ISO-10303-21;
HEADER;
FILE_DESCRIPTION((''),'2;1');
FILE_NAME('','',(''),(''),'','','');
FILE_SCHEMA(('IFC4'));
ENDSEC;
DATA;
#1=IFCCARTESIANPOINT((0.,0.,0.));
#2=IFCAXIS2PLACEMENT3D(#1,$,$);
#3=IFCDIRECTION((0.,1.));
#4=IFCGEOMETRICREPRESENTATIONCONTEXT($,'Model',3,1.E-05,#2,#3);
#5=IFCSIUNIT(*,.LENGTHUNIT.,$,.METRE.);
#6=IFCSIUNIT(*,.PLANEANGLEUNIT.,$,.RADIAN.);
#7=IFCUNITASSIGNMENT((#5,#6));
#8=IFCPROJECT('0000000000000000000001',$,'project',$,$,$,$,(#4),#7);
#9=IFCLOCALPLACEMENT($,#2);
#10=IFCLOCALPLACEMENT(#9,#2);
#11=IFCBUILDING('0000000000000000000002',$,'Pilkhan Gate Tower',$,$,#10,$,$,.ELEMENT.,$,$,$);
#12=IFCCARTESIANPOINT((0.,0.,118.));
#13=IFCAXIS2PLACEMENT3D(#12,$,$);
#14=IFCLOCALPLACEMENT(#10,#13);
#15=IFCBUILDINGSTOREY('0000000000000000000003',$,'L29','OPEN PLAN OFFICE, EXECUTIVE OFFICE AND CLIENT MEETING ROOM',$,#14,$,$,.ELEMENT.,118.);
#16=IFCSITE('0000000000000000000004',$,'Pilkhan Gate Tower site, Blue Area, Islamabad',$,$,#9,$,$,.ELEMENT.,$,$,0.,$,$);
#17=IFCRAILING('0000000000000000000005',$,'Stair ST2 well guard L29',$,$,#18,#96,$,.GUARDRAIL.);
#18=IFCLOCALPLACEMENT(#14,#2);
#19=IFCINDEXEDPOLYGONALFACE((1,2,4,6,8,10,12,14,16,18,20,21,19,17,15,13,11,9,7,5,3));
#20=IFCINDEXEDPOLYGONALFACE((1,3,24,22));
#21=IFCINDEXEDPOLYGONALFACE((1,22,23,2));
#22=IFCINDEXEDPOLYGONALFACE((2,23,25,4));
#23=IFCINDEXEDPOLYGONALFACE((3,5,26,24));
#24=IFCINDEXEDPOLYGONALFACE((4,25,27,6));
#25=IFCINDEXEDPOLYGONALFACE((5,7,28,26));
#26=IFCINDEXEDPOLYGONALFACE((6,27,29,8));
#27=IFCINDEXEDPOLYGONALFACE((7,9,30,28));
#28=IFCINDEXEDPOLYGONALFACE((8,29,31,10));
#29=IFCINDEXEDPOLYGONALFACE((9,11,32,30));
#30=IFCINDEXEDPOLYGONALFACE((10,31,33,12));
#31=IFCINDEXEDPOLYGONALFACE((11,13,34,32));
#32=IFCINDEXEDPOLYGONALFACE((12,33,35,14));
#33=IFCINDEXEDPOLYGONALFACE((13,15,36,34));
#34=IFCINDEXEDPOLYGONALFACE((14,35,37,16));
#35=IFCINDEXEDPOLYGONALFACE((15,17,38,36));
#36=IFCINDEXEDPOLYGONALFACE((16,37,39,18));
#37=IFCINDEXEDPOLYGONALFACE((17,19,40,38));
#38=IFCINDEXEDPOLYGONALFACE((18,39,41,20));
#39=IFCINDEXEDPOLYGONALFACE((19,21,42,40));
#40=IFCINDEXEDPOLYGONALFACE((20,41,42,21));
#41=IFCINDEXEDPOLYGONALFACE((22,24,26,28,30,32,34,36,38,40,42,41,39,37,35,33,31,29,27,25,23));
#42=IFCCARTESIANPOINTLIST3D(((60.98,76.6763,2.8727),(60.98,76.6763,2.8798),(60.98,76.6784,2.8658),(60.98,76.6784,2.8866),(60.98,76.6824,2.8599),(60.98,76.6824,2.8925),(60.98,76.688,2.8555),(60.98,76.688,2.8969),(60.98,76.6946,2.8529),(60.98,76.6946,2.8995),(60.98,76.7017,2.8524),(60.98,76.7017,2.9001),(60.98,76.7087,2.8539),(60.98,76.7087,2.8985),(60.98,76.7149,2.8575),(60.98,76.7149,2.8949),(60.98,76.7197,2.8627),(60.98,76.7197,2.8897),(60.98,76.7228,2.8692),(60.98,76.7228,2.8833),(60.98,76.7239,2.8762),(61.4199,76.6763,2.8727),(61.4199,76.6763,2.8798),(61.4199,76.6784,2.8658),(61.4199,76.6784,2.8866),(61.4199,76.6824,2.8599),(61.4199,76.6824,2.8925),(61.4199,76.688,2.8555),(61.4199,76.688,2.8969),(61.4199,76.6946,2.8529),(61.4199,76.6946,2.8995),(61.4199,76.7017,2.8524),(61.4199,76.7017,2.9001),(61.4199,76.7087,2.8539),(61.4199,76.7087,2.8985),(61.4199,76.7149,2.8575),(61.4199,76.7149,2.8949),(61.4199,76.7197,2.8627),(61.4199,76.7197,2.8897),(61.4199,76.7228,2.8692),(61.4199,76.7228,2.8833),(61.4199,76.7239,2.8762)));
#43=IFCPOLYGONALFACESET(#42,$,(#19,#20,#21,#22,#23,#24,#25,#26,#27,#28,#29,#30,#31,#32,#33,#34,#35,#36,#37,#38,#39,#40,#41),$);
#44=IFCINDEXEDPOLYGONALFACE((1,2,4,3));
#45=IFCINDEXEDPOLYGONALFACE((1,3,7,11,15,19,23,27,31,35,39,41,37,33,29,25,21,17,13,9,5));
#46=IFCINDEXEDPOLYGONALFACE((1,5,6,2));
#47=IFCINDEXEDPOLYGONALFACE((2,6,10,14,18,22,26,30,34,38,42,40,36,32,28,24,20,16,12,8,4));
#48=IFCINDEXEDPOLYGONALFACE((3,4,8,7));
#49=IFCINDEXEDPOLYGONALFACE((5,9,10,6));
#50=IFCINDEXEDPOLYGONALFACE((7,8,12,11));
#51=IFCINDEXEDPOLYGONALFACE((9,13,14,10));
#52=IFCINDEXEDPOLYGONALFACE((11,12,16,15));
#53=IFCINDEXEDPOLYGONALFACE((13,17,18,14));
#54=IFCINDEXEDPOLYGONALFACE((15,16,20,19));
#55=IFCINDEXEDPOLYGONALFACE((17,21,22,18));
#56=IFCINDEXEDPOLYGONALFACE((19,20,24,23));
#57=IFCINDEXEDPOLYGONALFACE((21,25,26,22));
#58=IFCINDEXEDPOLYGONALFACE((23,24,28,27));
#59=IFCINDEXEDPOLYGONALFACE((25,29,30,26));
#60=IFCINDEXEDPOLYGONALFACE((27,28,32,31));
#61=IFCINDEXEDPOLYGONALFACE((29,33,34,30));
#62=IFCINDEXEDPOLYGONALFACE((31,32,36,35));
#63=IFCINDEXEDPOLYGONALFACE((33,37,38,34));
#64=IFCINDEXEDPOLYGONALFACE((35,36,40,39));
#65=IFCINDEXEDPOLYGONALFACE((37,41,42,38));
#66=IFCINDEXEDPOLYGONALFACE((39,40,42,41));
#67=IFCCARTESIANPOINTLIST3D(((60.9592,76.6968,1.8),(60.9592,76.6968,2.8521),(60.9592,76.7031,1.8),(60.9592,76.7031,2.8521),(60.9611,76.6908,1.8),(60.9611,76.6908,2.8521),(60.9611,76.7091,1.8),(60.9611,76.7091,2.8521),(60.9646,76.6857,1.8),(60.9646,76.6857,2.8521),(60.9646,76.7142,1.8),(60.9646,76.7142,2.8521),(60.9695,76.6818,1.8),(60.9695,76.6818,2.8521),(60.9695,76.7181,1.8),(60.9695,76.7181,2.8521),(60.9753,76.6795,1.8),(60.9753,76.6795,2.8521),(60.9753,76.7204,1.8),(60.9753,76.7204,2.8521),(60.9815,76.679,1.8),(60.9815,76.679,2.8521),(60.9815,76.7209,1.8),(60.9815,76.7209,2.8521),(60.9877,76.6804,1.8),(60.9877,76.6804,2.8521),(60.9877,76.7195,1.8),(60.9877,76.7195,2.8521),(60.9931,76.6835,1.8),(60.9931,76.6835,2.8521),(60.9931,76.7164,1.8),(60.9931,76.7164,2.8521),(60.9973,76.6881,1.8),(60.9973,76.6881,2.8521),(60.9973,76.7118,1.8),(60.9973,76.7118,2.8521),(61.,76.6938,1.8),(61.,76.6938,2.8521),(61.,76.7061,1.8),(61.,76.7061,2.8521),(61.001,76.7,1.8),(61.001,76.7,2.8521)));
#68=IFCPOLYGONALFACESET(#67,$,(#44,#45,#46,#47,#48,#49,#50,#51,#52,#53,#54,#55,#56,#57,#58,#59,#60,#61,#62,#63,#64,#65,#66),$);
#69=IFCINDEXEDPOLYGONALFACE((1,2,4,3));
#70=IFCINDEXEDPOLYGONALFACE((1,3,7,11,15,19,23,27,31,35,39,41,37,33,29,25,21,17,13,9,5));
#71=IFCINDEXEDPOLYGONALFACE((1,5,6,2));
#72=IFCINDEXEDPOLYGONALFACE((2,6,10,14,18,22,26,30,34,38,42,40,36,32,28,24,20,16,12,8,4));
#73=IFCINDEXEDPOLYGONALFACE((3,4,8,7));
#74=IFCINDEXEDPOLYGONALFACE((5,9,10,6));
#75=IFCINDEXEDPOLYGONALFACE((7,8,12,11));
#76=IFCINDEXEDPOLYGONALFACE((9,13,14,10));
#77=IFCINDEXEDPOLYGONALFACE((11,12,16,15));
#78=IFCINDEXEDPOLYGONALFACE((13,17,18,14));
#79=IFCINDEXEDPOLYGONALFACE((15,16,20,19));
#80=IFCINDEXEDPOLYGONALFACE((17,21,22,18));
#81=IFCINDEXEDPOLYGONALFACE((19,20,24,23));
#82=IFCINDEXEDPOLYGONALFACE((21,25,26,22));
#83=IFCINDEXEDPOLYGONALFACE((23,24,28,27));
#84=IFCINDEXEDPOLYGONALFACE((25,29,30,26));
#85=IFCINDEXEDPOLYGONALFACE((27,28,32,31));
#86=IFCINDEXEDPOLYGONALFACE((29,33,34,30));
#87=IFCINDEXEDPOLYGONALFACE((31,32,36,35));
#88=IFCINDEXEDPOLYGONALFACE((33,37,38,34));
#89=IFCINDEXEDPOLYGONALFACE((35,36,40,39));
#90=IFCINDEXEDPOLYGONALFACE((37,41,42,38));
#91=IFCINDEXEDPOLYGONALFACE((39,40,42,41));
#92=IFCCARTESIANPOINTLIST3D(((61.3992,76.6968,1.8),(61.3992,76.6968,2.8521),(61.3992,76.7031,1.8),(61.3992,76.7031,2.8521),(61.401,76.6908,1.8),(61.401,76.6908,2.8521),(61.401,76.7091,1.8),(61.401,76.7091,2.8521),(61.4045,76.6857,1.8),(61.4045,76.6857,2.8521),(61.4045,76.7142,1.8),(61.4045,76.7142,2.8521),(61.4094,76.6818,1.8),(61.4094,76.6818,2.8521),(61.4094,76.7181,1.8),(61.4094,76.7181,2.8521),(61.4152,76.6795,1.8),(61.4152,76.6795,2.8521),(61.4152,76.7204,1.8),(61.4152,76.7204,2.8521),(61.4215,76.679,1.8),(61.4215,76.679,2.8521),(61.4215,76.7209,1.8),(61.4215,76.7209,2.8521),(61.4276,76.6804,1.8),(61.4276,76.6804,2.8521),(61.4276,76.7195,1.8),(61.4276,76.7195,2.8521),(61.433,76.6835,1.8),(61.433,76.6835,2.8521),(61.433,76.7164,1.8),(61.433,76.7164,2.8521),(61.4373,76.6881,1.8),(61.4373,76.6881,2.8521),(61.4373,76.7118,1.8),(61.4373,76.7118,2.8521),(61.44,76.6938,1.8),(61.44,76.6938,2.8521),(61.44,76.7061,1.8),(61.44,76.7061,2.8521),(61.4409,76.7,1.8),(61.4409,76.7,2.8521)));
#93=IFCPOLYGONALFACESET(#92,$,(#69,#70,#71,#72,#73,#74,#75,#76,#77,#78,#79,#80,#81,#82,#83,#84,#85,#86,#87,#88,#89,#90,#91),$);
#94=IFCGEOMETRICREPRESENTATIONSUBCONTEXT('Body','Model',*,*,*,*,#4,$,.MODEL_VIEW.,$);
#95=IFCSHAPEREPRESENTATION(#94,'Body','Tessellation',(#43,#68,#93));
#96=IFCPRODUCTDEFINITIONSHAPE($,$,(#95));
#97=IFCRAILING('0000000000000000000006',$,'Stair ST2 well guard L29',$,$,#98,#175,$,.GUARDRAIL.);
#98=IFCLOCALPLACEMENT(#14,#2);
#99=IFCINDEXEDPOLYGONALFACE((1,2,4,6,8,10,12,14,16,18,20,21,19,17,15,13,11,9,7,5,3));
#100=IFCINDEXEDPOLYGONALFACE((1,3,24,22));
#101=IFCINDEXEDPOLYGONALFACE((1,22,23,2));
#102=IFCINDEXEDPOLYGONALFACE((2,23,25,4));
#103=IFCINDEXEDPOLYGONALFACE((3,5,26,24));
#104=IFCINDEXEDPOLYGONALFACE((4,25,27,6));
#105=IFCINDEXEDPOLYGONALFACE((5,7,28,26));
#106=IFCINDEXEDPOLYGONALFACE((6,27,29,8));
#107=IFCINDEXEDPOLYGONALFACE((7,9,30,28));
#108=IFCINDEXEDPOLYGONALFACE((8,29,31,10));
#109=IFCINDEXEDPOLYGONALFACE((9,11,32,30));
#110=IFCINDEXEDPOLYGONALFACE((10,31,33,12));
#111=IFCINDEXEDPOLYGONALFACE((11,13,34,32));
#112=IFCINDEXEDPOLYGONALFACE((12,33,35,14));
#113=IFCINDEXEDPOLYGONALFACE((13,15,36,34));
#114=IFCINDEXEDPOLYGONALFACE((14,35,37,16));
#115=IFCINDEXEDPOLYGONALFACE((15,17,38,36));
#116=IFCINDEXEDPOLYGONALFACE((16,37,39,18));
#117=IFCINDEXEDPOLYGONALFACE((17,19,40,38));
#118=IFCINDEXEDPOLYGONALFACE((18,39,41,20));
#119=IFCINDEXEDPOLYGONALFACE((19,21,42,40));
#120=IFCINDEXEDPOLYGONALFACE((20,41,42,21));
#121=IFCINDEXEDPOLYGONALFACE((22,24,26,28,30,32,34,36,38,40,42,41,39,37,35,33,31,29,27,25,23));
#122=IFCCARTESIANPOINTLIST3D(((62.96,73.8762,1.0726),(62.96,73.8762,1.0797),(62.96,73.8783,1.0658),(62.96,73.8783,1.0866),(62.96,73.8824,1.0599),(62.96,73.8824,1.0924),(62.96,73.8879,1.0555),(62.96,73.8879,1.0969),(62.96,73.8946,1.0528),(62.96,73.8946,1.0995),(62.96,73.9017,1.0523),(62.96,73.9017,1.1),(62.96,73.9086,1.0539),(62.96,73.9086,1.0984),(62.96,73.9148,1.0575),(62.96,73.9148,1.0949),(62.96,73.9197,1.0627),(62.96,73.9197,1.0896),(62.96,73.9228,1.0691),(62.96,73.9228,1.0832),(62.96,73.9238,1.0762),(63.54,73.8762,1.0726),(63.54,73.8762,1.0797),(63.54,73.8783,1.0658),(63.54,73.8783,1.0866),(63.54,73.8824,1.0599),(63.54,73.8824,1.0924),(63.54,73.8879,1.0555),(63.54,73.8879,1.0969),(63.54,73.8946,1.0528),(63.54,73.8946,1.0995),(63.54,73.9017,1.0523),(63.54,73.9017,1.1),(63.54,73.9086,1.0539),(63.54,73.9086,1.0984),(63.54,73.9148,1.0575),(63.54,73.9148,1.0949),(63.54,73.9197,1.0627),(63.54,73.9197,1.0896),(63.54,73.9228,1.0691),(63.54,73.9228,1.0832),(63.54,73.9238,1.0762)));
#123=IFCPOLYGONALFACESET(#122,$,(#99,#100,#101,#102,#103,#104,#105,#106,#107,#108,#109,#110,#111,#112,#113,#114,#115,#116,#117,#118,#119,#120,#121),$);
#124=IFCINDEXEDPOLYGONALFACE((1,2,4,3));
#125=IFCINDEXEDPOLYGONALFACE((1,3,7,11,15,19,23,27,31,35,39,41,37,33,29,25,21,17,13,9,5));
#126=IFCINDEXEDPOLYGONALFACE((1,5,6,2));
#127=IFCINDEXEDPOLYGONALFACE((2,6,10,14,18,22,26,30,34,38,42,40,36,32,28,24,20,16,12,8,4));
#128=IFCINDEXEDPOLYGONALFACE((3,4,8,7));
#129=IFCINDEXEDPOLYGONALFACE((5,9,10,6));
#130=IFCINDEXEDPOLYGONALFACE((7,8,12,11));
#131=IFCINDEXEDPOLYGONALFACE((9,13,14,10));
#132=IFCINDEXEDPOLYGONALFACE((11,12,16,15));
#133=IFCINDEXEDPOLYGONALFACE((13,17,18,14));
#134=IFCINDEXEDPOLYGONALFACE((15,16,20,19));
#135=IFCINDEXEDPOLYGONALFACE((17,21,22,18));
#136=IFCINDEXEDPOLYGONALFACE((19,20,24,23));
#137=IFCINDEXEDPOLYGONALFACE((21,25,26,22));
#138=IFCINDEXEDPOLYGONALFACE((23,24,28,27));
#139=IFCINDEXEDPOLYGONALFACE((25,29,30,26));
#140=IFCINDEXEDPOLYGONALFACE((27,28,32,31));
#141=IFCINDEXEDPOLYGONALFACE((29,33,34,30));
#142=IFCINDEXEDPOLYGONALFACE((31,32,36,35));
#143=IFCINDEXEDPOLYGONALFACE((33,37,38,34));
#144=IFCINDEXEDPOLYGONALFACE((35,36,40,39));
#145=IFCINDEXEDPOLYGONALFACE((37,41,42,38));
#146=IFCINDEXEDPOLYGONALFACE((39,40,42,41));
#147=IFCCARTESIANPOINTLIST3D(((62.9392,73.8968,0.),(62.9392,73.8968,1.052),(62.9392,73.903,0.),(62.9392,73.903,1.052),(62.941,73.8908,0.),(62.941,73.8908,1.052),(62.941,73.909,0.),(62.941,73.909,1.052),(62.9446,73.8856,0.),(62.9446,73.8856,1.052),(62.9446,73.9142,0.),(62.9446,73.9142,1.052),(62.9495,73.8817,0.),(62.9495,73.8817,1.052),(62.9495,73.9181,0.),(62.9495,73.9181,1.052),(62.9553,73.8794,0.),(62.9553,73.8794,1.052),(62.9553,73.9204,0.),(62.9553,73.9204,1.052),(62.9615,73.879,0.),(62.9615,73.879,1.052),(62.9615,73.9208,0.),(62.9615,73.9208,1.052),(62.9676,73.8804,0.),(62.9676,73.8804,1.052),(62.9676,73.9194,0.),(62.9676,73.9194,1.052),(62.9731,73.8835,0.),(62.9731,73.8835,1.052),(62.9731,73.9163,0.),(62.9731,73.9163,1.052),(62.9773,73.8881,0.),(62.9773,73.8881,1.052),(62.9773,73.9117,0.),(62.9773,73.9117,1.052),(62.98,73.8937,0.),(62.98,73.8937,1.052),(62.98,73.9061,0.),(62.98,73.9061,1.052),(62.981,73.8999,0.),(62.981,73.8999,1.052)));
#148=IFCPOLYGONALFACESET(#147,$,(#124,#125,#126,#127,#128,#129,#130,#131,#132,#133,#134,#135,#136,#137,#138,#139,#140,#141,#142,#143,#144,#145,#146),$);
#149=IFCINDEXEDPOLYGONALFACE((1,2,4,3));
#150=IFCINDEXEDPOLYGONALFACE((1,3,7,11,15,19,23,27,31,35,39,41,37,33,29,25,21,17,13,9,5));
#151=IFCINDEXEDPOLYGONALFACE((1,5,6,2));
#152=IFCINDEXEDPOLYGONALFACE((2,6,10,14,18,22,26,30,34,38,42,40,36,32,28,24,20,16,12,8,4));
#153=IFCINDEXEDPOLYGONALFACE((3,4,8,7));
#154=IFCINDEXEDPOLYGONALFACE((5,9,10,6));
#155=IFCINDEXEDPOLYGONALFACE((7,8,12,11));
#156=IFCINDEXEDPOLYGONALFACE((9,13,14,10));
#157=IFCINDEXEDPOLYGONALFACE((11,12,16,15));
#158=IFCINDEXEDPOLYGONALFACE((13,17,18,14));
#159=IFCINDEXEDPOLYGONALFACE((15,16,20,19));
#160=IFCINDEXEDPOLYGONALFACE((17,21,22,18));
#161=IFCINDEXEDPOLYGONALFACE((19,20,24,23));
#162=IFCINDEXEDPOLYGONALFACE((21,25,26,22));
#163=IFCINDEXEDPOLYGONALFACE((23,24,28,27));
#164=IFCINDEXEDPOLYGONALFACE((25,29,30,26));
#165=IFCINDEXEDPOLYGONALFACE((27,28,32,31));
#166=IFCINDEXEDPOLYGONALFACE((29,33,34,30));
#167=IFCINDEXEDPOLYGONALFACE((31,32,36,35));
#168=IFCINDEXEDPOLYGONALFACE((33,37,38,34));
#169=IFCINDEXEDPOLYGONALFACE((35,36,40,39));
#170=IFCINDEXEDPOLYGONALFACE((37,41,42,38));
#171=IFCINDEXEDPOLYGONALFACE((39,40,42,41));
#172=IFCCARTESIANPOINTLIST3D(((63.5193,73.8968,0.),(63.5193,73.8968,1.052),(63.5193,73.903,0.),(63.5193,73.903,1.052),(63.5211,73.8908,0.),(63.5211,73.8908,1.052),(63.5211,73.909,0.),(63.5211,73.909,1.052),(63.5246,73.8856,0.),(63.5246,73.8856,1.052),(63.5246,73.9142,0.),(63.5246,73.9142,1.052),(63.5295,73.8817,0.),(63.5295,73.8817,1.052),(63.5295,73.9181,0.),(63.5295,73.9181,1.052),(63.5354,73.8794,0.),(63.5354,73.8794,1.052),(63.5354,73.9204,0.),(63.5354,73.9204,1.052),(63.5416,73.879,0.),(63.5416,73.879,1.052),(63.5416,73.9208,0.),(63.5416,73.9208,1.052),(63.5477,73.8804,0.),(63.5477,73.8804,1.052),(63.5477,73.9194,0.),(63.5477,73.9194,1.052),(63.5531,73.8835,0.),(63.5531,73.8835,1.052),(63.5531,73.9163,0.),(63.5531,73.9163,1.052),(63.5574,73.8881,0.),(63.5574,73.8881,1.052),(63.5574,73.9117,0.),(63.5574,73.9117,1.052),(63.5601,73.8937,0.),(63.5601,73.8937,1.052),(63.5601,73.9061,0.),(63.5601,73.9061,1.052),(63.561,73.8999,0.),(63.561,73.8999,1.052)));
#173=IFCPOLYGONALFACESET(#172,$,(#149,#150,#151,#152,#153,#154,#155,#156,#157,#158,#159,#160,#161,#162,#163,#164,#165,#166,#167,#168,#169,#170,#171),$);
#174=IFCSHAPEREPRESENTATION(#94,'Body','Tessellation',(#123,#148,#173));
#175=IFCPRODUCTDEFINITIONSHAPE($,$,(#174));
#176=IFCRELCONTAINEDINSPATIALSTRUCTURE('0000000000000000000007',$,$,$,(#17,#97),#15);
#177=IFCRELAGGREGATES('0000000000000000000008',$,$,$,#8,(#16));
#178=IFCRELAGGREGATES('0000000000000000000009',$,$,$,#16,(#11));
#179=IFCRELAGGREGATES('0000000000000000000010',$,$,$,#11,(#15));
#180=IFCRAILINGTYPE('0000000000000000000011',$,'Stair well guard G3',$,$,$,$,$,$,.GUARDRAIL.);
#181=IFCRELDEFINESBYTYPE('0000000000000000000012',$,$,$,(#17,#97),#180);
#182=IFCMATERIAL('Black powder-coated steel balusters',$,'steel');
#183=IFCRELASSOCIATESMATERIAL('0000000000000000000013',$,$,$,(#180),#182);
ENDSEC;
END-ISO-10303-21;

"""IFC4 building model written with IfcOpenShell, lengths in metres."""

from ifc_helpers import new_model, si_unit, direction, frame, origin, origin_2d, place, context, subcontext, project, spatial, circle, extrude, material, type_object, element, save


model = new_model("IFC4")

# Units and contexts
model_context = context("Model", 3, precision=1e-05, world=origin(), true_north=direction((0.0, 1.0)))
body_context = subcontext(model_context, "Body", "Model", "MODEL_VIEW")
ifc_project = project(units=[si_unit("LENGTHUNIT", "METRE"), si_unit("PLANEANGLEUNIT", "RADIAN")], contexts=[model_context])

# Site, building, storey
site_placement = place(None, origin())
site = spatial("IfcSite", under=ifc_project, at=site_placement, Name="Pilkhan Gate Tower site, Blue Area, Islamabad", CompositionType="ELEMENT", RefElevation=0.0)
building_placement = place(site_placement, origin())
building = spatial("IfcBuilding", under=site, at=building_placement, Name="Pilkhan Gate Tower", CompositionType="ELEMENT")
storey_placement = place(building_placement, frame((0.0, 0.0, 118.0)))
storey = spatial("IfcBuildingStorey", under=building, at=storey_placement, Name="L29", Description="OPEN PLAN OFFICE, EXECUTIVE OFFICE AND CLIENT MEETING ROOM", CompositionType="ELEMENT", Elevation=118.0)

# Railings
ifc_material_1 = material(Name="Black powder-coated steel balusters", Category="steel")
railing_type_1 = type_object("IfcRailingType", Name="Stair well guard G3", PredefinedType="GUARDRAIL", material=ifc_material_1)
railing_1_placement = place(storey_placement, frame((60.98, 76.7, 1.8)))
element("IfcRailing", 1, at=railing_1_placement, inside=storey, type_object=railing_type_1, Name="Stair ST2 well guard L29", PredefinedType="GUARDRAIL", context=body_context, shape_type="SweptSolid", body=[
    extrude(circle(Radius=0.0239, at=origin_2d()), frame((0.0, 0.0, 1.0762), z_axis=(1.0, 0.0, 0.0), x_axis=(0.0, 1.0, 0.0)), (0.0, 0.0, 1.0), 0.4399),
    extrude(circle(Radius=0.021, at=origin_2d()), origin(), (0.0, 0.0, 1.0), 1.052),
    extrude(circle(Radius=0.021, at=origin_2d()), frame((0.4399, 0.0, 0.0)), (0.0, 0.0, 1.0), 1.052),
])
for number, where, name in (
    (2, (62.96, 73.8999, 0.0), "Stair ST2 well guard L29"),
):
    element("IfcRailing", number, at=place(storey_placement, frame(where)), inside=storey, type_object=railing_type_1, Name=name, PredefinedType="GUARDRAIL", context=body_context, shape_type="SweptSolid", body=[
        extrude(circle(Radius=0.0239, at=origin_2d()), frame((0.0, 0.0, 1.0762), z_axis=(1.0, 0.0, 0.0), x_axis=(0.0, 1.0, 0.0)), (0.0, 0.0, 1.0), 0.5801),
        extrude(circle(Radius=0.021, at=origin_2d()), origin(), (0.0, 0.0, 1.0), 1.052),
        extrude(circle(Radius=0.021, at=origin_2d()), frame((0.5801, 0.0, 0.0)), (0.0, 0.0, 1.0), 1.052),
    ])

save(model, "model.ifc")
